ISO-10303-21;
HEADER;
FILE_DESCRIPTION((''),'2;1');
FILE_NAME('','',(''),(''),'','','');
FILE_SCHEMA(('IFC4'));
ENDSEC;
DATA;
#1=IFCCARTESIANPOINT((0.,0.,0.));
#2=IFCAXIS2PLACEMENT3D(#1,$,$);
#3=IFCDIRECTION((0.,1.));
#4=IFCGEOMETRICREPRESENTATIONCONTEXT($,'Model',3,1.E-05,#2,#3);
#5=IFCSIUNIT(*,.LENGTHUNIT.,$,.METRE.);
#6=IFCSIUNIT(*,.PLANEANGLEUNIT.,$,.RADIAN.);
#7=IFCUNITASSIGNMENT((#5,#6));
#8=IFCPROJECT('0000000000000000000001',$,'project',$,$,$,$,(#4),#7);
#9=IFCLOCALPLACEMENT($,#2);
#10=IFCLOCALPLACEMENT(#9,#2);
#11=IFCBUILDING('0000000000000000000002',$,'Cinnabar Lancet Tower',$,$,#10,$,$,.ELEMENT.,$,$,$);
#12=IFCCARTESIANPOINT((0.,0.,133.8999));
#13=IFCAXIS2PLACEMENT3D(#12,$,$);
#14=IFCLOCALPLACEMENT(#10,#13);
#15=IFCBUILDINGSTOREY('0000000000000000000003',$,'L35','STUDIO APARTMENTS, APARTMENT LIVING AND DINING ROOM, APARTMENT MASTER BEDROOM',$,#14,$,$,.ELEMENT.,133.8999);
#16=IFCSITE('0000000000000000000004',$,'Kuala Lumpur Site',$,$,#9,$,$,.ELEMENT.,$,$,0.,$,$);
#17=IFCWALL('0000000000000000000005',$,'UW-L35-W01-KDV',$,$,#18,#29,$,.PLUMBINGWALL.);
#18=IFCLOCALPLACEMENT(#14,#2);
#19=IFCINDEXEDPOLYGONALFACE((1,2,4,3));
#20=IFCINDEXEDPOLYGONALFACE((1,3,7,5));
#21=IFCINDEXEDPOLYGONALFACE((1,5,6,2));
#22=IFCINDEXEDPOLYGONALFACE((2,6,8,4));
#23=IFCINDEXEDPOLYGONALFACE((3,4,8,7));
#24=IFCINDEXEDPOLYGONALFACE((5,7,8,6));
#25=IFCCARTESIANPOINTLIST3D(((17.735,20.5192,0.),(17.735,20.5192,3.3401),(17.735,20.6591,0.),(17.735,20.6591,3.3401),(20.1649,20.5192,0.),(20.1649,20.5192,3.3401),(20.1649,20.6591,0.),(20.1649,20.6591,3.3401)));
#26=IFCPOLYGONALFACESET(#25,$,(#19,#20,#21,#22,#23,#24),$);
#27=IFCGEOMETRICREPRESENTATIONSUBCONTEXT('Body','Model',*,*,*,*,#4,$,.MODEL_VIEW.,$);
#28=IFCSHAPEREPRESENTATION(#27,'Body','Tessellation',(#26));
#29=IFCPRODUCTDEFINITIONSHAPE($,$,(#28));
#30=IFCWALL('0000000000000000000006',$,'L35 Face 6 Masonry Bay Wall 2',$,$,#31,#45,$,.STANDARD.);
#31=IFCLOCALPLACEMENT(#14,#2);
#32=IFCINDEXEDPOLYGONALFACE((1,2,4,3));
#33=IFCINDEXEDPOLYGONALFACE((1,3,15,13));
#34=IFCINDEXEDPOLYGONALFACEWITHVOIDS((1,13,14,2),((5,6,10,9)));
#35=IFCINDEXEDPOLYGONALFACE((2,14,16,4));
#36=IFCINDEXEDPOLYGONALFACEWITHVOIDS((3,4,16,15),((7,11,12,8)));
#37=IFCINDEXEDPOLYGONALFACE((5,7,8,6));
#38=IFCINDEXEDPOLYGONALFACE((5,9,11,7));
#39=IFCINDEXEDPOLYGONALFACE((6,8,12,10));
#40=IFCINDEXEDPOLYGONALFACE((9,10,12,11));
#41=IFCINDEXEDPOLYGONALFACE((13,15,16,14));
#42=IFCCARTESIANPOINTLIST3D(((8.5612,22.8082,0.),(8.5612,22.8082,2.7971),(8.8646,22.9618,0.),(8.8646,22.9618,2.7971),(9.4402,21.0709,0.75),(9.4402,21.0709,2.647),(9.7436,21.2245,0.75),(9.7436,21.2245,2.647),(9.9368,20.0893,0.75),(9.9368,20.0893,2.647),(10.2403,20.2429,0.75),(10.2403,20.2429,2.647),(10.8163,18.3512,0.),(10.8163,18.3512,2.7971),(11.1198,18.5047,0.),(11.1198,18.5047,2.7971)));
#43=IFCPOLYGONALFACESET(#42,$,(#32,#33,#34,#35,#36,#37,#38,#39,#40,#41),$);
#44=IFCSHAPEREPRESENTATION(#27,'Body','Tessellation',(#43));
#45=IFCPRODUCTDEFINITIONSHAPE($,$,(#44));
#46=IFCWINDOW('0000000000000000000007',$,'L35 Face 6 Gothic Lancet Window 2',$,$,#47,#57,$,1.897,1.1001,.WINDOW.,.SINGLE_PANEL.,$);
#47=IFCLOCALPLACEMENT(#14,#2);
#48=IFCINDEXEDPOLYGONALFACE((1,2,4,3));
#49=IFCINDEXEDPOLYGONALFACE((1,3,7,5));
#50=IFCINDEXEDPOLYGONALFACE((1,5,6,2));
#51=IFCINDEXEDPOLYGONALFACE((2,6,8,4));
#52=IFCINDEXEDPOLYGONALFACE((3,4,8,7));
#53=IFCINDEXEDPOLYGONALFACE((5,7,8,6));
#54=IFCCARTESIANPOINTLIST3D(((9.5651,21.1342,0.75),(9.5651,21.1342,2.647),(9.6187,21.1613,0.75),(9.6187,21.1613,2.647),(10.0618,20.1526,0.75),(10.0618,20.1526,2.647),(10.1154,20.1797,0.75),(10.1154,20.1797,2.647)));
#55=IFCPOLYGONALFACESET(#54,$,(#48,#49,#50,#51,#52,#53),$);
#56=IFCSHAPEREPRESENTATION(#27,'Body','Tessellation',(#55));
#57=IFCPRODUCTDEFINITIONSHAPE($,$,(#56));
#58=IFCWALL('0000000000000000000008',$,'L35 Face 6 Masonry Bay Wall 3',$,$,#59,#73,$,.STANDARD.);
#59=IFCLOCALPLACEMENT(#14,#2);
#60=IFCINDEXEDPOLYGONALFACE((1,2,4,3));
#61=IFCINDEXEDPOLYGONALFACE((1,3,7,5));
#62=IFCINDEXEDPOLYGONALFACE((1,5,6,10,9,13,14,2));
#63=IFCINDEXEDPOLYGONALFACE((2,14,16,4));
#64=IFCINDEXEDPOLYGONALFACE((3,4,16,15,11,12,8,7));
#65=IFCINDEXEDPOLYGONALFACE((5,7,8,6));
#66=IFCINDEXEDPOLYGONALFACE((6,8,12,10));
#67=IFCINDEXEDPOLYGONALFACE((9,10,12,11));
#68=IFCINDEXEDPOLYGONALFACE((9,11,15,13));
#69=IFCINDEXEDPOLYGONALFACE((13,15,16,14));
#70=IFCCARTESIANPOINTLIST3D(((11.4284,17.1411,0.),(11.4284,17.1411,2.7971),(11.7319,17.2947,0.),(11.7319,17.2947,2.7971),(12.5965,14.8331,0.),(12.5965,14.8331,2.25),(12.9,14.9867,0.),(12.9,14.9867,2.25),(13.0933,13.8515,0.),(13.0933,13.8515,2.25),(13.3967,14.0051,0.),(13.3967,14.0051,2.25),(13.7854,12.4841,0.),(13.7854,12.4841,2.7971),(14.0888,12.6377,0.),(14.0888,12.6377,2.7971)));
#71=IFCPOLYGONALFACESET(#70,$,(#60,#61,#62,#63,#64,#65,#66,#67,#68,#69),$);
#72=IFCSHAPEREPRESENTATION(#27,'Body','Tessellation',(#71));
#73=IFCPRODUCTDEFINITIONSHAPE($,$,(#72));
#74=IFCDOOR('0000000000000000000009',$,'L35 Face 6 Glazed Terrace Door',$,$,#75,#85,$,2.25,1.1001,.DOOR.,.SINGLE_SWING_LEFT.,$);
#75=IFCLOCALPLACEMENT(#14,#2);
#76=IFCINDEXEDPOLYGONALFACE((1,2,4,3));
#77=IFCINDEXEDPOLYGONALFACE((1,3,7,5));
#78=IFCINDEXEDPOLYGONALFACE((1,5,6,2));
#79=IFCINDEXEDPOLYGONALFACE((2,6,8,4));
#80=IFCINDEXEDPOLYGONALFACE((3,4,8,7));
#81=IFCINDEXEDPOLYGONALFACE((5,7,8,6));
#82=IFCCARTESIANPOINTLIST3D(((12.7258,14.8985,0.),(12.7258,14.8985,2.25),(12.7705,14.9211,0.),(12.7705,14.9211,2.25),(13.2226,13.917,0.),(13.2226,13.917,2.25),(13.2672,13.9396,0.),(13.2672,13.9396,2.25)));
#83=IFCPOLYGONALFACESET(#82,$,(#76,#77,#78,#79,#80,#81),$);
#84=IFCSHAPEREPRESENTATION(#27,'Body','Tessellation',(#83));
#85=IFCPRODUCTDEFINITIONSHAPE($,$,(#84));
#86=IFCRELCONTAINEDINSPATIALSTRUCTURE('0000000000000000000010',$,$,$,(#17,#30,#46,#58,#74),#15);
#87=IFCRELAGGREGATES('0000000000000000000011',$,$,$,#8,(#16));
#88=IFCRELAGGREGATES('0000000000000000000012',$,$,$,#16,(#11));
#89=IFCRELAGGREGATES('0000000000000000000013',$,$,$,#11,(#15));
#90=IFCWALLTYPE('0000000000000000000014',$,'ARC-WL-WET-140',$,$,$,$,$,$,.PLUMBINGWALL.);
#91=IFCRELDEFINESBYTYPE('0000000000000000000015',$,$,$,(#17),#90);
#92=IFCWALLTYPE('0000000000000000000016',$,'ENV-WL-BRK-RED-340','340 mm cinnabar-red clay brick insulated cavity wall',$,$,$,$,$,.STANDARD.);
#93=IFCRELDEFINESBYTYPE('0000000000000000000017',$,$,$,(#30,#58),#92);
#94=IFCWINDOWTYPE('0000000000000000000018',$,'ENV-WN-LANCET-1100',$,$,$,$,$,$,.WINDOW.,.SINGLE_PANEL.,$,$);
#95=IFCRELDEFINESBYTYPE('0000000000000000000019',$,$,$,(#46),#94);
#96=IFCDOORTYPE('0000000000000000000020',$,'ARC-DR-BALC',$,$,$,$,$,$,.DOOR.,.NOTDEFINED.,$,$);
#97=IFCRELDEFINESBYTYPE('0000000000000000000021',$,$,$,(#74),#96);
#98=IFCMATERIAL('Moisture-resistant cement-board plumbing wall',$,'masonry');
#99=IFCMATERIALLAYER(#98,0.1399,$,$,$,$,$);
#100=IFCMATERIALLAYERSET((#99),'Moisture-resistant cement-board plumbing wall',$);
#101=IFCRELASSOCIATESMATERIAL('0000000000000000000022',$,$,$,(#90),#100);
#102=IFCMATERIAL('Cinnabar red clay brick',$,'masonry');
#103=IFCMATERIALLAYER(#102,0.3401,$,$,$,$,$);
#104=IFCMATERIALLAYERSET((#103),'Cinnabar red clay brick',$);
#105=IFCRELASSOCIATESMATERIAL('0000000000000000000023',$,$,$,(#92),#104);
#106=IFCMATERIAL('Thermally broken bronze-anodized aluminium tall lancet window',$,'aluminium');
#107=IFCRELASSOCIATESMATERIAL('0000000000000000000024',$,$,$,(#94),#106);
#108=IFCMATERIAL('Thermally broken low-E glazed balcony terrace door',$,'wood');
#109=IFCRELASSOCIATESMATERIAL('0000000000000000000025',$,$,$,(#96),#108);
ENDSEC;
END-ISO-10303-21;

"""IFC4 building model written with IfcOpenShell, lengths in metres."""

from ifc_helpers import new_model, si_unit, direction, frame, frame_2d, origin, place, context, subcontext, project, spatial, rectangle, extrude, material, layer, layer_set, type_object, element, fill, save


model = new_model("IFC4")

# Units and contexts
model_context = context("Model", 3, precision=1e-05, world=origin(), true_north=direction((0.0, 1.0)))
body_context = subcontext(model_context, "Body", "Model", "MODEL_VIEW")
ifc_project = project(units=[si_unit("LENGTHUNIT", "METRE"), si_unit("PLANEANGLEUNIT", "RADIAN")], contexts=[model_context])

# Site, building, storey
site_placement = place(None, origin())
site = spatial("IfcSite", under=ifc_project, at=site_placement, Name="Kuala Lumpur Site", CompositionType="ELEMENT", RefElevation=0.0)
building_placement = place(site_placement, origin())
building = spatial("IfcBuilding", under=site, at=building_placement, Name="Cinnabar Lancet Tower", CompositionType="ELEMENT")
storey_placement = place(building_placement, frame((0.0, 0.0, 133.8999)))
storey = spatial("IfcBuildingStorey", under=building, at=storey_placement, Name="L35", Description="STUDIO APARTMENTS, APARTMENT LIVING AND DINING ROOM, APARTMENT MASTER BEDROOM", CompositionType="ELEMENT", Elevation=133.8999)

# Shared definitions
ifc_material_1 = material(Name="Moisture-resistant cement-board plumbing wall", Category="masonry")
ifc_layer_1 = layer(ifc_material_1, 0.1399)
ifc_layer_set_1 = layer_set([ifc_layer_1], Name="Moisture-resistant cement-board plumbing wall")
wall_type_1 = type_object("IfcWallType", Name="ARC-WL-WET-140", PredefinedType="PLUMBINGWALL", material=ifc_layer_set_1)

# Wall
wall_1_placement = place(storey_placement, frame((17.7351, 20.5891, 0.0), z_axis=(0.0, 0.0, 1.0), x_axis=(1.0, 0.0, 0.0)))
element("IfcWall", 1, at=wall_1_placement, inside=storey, type_object=wall_type_1, Name="UW-L35-W01-KDV", PredefinedType="PLUMBINGWALL", context=body_context, shape_type="SweptSolid", body=[
    extrude(rectangle(XDim=2.4299, YDim=0.1399, at=frame_2d((1.2148, 0.0))), origin(), (0.0, 0.0, 1.0), 3.3401),
])

# Wall, opening, window
ifc_material_2 = material(Name="Cinnabar red clay brick", Category="masonry")
ifc_layer_2 = layer(ifc_material_2, 0.3401)
ifc_layer_set_2 = layer_set([ifc_layer_2], Name="Cinnabar red clay brick")
wall_type_2 = type_object("IfcWallType", Name="ENV-WL-BRK-RED-340", Description="340 mm cinnabar-red clay brick insulated cavity wall", PredefinedType="STANDARD", material=ifc_layer_set_2)
wall_2_placement = place(storey_placement, frame((8.7129, 22.885, 0.0), z_axis=(0.0, 0.0, 1.0), x_axis=(0.451471, -0.892286, 0.0)))
wall_2 = element("IfcWall", 2, at=wall_2_placement, inside=storey, type_object=wall_type_2, Name="L35 Face 6 Masonry Bay Wall 2", PredefinedType="STANDARD", context=body_context, shape_type="SweptSolid", body=[
    extrude(rectangle(XDim=4.9951, YDim=0.3401, at=frame_2d((2.4976, 0.0))), origin(), (0.0, 0.0, 1.0), 2.7971),
])
opening_1_placement = place(wall_2_placement, frame((1.947, 0.0, 0.75)))
opening_1 = element("IfcOpeningElement", 3, at=opening_1_placement, cuts=wall_2, PredefinedType="OPENING", context=body_context, shape_type="SweptSolid", body=[
    extrude(rectangle(XDim=1.1001, YDim=1.897, at=frame_2d((0.55, 0.9485))), frame((0.0, 0.1799, 0.0), z_axis=(0.0, -1.0, 0.0), x_axis=(1.0, 0.0, 0.0)), (0.0, 0.0, 1.0), 0.3601),
])
ifc_material_3 = material(Name="Thermally broken bronze-anodized aluminium tall lancet window", Category="aluminium")
window_type = type_object("IfcWindowType", Name="ENV-WN-LANCET-1100", PartitioningType="SINGLE_PANEL", PredefinedType="WINDOW", material=ifc_material_3)
window_placement = place(opening_1_placement, origin())
window = element("IfcWindow", 4, at=window_placement, inside=storey, type_object=window_type, Name="L35 Face 6 Gothic Lancet Window 2", OverallHeight=1.897, OverallWidth=1.1001, PartitioningType="SINGLE_PANEL", PredefinedType="WINDOW", context=body_context, shape_type="SweptSolid", body=[
    extrude(rectangle(XDim=1.1001, YDim=1.897, at=frame_2d((0.55, 0.9485))), frame((0.0, 0.03, 0.0), z_axis=(0.0, -1.0, 0.0), x_axis=(1.0, 0.0, 0.0)), (0.0, 0.0, 1.0), 0.0601),
])
fill(opening_1, window)

# Wall, opening, door
wall_3_placement = place(storey_placement, frame((11.5801, 17.218, 0.0), z_axis=(0.0, 0.0, 1.0), x_axis=(0.451568, -0.892237, 0.0)))
wall_3 = element("IfcWall", 5, at=wall_3_placement, inside=storey, type_object=wall_type_2, Name="L35 Face 6 Masonry Bay Wall 3", PredefinedType="STANDARD", context=body_context, shape_type="SweptSolid", body=[
    extrude(rectangle(XDim=5.2195, YDim=0.3401, at=frame_2d((2.6099, 0.0))), origin(), (0.0, 0.0, 1.0), 2.7971),
])
opening_2_placement = place(wall_3_placement, frame((2.5869, 0.0, 0.0)))
opening_2 = element("IfcOpeningElement", 6, at=opening_2_placement, cuts=wall_3, PredefinedType="OPENING", context=body_context, shape_type="SweptSolid", body=[
    extrude(rectangle(XDim=1.1001, YDim=2.25, at=frame_2d((0.55, 1.125))), frame((0.0, 0.1799, 0.0), z_axis=(0.0, -1.0, 0.0), x_axis=(1.0, 0.0, 0.0)), (0.0, 0.0, 1.0), 0.3601),
])
ifc_material_4 = material(Name="Thermally broken low-E glazed balcony terrace door", Category="wood")
door_type_1 = type_object("IfcDoorType", Name="ARC-DR-BALC", OperationType="NOTDEFINED", PredefinedType="DOOR", material=ifc_material_4)
door_1_placement = place(opening_2_placement, origin())
door_1 = element("IfcDoor", 7, at=door_1_placement, inside=storey, type_object=door_type_1, Name="L35 Face 6 Glazed Terrace Door", OperationType="SINGLE_SWING_LEFT", OverallHeight=2.25, OverallWidth=1.1001, PredefinedType="DOOR", context=body_context, shape_type="SweptSolid", body=[
    extrude(rectangle(XDim=1.1001, YDim=2.25, at=frame_2d((0.55, 1.125))), frame((0.0, 0.0249, 0.0), z_axis=(0.0, -1.0, 0.0), x_axis=(1.0, 0.0, 0.0)), (0.0, 0.0, 1.0), 0.05),
])
fill(opening_2, door_1)

save(model, "model.ifc")
